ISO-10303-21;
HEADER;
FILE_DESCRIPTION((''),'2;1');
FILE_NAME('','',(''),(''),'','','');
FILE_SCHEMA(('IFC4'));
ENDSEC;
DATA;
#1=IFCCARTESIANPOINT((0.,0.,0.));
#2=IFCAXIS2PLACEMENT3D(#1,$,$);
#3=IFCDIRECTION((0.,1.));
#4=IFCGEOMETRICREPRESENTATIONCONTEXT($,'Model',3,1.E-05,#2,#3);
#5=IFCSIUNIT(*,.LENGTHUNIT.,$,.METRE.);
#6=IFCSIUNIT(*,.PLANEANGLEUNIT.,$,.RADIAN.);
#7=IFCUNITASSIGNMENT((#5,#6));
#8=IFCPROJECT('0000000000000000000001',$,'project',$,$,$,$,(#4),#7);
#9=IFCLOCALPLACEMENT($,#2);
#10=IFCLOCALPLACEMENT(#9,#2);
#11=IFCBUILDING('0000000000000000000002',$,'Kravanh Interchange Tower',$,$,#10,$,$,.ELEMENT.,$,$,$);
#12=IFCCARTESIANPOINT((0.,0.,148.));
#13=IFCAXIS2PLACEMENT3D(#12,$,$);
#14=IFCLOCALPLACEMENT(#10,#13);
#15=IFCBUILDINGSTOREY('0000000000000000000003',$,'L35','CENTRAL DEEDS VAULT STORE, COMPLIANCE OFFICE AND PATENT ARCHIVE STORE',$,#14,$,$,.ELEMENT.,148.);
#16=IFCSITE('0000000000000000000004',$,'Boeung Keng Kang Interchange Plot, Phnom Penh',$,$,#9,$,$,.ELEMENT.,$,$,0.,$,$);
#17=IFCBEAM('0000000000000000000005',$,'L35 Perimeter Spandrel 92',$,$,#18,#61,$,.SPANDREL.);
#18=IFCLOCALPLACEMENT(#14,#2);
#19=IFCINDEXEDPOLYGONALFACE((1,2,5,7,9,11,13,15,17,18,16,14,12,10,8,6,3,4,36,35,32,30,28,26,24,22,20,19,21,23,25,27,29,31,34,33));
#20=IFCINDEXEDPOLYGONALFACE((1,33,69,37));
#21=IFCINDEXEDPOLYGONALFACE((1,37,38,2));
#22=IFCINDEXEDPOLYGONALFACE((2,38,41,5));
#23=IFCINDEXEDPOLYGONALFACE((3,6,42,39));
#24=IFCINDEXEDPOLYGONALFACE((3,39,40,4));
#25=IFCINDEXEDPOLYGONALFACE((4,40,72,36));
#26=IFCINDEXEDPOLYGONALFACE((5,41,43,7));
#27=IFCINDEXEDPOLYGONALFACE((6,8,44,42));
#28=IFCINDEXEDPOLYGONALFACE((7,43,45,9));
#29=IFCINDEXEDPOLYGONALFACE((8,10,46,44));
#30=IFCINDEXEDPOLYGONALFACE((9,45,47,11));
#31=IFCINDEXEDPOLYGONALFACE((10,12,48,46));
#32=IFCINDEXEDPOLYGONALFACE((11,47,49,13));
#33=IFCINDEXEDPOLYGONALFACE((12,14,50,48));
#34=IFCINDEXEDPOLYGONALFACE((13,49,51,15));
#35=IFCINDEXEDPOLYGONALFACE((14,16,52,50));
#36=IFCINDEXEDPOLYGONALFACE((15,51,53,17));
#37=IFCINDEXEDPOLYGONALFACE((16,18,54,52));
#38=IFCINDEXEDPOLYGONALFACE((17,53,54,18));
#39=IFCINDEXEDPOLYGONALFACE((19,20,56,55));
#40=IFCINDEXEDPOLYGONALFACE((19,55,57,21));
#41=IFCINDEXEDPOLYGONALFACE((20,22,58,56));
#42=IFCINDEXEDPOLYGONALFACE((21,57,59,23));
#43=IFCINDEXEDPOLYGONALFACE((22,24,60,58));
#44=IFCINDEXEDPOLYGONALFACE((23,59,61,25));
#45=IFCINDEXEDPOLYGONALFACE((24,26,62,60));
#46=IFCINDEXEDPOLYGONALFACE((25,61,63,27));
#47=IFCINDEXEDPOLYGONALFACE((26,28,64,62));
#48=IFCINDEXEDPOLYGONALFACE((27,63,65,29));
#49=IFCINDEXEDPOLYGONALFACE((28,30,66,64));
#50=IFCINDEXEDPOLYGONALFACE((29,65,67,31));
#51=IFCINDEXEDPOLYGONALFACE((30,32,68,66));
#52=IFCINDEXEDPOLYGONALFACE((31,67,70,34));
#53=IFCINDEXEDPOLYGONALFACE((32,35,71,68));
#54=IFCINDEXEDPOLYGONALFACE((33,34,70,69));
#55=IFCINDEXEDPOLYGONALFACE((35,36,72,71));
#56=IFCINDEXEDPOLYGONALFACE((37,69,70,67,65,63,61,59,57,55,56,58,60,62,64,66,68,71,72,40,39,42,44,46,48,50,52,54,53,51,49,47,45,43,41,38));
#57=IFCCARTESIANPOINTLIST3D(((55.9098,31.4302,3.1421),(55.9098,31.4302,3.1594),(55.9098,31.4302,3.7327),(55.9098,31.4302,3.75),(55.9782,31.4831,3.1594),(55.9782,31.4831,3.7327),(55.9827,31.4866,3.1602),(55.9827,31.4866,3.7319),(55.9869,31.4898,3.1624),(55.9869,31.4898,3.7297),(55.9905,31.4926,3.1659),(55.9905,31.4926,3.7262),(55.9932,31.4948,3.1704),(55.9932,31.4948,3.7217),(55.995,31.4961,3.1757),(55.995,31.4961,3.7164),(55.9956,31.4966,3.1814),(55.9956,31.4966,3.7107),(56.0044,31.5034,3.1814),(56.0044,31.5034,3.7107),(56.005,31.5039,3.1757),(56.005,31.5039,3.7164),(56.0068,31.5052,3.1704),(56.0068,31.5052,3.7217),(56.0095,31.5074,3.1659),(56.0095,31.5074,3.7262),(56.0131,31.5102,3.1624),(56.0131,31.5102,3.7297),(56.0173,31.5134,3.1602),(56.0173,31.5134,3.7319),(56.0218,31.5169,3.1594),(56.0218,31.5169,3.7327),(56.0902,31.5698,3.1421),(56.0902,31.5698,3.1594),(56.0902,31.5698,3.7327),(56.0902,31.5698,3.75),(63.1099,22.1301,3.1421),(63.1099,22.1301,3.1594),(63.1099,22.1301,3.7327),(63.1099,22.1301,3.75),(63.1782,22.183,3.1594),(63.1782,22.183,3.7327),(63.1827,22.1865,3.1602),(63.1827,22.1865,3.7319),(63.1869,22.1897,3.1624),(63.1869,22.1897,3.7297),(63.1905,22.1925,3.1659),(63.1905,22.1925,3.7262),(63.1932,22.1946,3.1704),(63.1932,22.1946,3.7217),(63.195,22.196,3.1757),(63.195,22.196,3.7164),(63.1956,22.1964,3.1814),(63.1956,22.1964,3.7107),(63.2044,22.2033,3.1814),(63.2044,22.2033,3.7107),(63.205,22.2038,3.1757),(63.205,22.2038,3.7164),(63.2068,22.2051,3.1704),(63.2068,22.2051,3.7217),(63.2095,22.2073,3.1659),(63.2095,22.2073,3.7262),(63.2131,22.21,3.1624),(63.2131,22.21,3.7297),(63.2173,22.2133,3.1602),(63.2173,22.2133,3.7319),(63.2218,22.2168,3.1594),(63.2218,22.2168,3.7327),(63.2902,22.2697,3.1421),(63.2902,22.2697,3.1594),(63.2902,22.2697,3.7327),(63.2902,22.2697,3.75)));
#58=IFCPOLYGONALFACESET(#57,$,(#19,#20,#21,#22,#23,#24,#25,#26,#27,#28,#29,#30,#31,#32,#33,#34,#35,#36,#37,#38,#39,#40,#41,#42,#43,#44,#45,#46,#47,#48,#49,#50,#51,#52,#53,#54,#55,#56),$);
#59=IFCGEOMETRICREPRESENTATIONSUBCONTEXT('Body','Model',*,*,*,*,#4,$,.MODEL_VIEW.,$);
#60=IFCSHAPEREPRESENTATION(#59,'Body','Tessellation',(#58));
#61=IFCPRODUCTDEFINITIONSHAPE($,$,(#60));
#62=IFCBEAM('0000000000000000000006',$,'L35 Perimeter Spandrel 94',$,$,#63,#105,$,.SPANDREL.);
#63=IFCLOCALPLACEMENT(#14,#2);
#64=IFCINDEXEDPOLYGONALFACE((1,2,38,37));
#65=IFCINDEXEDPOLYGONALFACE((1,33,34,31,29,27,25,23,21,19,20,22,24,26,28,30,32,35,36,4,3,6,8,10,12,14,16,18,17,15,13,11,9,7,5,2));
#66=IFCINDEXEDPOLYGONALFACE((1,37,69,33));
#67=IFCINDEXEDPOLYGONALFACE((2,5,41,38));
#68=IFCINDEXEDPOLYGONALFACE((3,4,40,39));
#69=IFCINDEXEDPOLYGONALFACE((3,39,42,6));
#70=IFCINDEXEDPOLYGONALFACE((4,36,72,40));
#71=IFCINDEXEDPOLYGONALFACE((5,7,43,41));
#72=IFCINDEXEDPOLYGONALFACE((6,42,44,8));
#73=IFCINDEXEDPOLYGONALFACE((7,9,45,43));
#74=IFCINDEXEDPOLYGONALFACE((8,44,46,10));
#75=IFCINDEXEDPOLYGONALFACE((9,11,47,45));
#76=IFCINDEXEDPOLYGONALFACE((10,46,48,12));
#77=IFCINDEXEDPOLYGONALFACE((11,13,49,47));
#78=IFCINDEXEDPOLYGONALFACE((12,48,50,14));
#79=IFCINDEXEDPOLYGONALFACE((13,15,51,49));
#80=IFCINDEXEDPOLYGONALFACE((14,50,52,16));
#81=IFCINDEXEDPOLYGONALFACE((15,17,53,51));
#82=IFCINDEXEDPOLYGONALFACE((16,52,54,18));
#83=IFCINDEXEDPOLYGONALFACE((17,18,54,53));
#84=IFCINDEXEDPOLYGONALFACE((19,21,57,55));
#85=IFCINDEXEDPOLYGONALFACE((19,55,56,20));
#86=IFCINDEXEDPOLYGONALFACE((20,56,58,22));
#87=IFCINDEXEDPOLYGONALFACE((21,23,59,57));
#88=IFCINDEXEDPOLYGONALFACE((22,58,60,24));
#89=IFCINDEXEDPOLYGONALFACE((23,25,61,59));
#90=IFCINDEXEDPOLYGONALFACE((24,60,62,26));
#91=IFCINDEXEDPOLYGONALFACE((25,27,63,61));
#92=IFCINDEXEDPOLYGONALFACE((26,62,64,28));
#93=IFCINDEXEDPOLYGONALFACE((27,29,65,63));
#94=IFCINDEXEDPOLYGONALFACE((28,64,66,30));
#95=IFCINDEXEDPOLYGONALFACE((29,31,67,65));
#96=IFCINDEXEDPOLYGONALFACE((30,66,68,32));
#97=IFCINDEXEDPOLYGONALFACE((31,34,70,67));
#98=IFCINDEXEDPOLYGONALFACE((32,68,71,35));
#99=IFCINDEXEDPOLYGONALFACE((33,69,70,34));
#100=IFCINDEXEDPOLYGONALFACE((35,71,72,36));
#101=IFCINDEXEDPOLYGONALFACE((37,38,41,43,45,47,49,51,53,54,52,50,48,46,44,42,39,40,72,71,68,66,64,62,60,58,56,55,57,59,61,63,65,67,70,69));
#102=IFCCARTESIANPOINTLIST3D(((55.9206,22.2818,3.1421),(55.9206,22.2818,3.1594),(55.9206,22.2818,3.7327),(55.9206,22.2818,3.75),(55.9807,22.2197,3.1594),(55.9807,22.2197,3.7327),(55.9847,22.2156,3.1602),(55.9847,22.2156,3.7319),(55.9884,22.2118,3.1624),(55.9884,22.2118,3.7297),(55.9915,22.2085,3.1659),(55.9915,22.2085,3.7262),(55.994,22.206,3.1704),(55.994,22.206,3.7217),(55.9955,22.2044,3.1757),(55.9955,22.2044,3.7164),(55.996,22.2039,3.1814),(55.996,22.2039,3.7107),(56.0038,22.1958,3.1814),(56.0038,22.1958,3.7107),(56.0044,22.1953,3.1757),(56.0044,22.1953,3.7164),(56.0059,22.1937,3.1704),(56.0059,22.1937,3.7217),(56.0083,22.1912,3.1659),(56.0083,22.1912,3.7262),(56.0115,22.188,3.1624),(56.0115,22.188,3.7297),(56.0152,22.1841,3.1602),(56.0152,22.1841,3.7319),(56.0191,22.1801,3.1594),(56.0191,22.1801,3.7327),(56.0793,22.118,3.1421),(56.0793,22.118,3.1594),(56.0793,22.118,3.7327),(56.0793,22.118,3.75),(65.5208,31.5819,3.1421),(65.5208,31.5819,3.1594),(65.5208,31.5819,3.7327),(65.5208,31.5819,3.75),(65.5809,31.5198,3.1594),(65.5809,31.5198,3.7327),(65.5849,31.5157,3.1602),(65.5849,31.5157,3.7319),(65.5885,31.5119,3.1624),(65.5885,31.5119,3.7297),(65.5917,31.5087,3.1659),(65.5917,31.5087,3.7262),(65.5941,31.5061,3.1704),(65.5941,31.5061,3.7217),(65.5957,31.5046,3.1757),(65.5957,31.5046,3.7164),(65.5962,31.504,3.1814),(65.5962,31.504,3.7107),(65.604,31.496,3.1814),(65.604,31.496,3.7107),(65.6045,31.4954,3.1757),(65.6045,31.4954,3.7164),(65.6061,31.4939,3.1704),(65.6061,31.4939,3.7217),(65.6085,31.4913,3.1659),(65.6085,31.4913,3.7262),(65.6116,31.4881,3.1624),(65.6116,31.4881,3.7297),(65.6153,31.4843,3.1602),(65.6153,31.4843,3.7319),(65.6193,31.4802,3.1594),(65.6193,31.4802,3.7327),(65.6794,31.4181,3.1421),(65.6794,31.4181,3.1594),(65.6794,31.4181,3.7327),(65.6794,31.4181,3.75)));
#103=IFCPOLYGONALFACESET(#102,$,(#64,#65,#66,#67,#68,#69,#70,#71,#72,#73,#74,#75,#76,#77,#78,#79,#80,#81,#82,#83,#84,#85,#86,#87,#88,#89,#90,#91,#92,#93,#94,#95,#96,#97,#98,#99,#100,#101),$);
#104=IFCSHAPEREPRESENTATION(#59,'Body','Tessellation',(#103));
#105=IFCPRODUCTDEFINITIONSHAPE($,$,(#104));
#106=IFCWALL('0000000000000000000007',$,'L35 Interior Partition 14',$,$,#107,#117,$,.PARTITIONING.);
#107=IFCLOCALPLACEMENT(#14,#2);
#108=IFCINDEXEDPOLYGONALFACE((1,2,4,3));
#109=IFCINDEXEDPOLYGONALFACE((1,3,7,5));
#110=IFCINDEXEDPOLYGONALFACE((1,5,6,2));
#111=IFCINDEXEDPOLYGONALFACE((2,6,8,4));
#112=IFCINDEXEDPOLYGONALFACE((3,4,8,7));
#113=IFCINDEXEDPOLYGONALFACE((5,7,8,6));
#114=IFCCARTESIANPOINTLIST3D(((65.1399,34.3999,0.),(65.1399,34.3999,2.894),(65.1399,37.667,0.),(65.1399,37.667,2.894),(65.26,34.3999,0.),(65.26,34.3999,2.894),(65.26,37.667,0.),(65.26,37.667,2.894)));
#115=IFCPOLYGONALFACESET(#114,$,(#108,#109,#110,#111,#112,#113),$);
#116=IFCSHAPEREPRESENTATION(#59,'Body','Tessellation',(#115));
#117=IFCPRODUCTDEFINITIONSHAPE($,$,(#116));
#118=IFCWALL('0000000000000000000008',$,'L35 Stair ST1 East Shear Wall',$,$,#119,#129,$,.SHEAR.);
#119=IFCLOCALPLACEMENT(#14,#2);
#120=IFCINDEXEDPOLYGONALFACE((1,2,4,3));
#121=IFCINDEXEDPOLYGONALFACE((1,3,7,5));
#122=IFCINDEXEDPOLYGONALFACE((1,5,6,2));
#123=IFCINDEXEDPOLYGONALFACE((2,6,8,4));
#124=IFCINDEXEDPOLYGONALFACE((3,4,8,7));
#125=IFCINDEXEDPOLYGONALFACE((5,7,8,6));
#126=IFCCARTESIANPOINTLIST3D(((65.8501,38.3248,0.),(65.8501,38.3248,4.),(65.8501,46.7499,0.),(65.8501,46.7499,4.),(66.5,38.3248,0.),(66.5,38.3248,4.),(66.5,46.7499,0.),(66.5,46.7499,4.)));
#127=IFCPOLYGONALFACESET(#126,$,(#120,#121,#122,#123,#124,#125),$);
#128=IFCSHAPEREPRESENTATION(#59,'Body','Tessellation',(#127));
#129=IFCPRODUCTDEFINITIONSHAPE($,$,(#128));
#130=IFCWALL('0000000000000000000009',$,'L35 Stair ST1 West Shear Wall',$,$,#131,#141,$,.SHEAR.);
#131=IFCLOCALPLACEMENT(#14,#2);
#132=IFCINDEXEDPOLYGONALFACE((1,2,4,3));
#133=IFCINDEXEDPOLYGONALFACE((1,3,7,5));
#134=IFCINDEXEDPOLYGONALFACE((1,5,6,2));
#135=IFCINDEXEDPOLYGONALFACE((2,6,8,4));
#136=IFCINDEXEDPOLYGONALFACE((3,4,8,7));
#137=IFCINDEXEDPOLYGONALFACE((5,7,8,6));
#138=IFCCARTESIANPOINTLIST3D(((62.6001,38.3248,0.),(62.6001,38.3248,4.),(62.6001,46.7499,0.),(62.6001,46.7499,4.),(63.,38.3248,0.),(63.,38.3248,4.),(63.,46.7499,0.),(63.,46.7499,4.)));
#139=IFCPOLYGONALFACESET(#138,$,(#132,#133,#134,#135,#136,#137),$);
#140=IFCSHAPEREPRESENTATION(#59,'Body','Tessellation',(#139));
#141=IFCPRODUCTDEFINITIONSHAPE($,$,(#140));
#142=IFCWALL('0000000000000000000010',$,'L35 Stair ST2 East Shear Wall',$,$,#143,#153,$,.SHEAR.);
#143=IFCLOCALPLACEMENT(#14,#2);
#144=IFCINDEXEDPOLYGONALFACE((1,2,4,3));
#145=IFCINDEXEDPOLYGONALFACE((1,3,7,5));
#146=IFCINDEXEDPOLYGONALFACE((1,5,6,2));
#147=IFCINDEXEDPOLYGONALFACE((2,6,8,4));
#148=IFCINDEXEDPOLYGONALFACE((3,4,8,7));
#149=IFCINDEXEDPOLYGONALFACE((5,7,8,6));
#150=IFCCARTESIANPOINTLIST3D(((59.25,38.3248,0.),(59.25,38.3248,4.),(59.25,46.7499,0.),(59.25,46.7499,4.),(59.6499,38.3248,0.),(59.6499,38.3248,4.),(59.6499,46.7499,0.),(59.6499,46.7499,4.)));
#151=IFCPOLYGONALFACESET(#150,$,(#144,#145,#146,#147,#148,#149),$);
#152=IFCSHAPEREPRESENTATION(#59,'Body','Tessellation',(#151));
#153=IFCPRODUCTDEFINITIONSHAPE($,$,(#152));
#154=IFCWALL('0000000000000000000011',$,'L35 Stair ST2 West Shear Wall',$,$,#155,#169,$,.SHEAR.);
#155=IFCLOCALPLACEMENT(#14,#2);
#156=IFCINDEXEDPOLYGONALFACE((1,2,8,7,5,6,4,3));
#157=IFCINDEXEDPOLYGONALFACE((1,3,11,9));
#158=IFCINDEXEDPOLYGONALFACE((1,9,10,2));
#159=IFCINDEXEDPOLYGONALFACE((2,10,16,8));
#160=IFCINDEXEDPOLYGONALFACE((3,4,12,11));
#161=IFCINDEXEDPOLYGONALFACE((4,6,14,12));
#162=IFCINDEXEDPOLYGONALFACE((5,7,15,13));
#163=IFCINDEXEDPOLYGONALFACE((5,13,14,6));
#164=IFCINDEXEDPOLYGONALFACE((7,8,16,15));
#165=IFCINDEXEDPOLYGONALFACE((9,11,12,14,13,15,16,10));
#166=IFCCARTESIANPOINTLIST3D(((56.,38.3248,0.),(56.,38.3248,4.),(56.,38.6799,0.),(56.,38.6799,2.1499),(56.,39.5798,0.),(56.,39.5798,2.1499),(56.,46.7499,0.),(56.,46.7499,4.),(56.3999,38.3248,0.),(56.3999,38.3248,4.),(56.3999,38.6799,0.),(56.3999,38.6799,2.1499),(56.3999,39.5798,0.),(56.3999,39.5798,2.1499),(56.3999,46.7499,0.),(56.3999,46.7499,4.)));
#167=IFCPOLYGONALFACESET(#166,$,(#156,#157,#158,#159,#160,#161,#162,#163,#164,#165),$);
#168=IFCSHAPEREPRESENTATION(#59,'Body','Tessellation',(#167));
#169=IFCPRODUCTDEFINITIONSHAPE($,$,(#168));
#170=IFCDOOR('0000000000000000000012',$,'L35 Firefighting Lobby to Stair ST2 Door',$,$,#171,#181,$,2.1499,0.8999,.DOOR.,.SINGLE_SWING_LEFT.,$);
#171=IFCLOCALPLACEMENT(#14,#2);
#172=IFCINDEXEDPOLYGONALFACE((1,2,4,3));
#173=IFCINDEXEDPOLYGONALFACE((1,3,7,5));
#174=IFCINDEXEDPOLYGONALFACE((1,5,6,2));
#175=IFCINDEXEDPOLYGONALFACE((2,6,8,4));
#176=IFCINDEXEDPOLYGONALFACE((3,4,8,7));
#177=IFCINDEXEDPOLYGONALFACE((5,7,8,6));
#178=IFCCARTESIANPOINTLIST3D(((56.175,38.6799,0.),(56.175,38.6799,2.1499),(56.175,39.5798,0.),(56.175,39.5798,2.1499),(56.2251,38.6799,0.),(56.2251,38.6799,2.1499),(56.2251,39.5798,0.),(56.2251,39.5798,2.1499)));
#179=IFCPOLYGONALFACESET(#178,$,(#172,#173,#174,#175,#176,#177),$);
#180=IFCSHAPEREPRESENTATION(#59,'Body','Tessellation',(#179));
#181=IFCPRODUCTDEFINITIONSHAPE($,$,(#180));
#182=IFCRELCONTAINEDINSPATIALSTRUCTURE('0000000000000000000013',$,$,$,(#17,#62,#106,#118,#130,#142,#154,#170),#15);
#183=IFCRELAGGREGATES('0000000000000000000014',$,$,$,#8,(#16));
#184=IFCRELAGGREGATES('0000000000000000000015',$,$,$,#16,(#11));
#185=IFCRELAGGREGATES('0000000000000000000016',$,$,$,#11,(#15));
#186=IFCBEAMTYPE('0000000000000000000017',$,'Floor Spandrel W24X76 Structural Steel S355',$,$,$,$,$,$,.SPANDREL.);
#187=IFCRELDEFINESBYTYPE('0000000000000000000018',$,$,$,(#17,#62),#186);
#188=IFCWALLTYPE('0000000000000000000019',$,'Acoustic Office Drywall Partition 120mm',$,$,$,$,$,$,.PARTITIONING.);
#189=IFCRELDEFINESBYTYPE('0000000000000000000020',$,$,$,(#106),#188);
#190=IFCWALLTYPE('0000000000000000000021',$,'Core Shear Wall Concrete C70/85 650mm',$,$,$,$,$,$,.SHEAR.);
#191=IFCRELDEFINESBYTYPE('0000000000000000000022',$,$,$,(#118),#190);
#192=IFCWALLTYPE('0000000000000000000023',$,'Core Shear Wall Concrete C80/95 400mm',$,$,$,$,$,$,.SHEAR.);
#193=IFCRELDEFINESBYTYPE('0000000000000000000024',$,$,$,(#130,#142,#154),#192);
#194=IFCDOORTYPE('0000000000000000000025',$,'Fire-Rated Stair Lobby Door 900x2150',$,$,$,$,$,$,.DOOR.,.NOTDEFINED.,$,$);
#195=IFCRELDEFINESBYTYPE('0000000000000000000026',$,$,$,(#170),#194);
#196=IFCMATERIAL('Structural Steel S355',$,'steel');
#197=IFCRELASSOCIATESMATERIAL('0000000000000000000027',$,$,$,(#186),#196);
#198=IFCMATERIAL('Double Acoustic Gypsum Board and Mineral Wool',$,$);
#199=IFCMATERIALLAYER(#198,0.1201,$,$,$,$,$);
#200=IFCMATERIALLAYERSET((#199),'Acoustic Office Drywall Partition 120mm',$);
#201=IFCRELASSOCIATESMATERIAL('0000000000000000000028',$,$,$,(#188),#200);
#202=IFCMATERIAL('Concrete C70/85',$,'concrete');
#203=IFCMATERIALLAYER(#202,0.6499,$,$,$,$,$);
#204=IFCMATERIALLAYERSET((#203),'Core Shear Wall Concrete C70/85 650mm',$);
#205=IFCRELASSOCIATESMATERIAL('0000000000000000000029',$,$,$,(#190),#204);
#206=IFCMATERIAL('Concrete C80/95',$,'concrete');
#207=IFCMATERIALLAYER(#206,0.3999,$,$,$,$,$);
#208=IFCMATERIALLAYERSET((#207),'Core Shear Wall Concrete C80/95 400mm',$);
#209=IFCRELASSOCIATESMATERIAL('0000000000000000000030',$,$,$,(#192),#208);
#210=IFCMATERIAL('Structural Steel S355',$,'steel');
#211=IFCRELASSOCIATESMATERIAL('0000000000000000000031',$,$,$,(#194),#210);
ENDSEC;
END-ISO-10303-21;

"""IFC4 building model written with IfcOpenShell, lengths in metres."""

from ifc_helpers import new_model, si_unit, direction, frame, frame_2d, origin, origin_2d, place, context, subcontext, project, spatial, rectangle, i_section, extrude, material, layer, layer_set, material_profile, profile_set, type_object, element, fill, save


model = new_model("IFC4")

# Units and contexts
model_context = context("Model", 3, precision=1e-05, world=origin(), true_north=direction((0.0, 1.0)))
body_context = subcontext(model_context, "Body", "Model", "MODEL_VIEW")
ifc_project = project(units=[si_unit("LENGTHUNIT", "METRE"), si_unit("PLANEANGLEUNIT", "RADIAN")], contexts=[model_context])

# Site, building, storey
site_placement = place(None, origin())
site = spatial("IfcSite", under=ifc_project, at=site_placement, Name="Boeung Keng Kang Interchange Plot, Phnom Penh", CompositionType="ELEMENT", RefElevation=0.0)
building_placement = place(site_placement, origin())
building = spatial("IfcBuilding", under=site, at=building_placement, Name="Kravanh Interchange Tower", CompositionType="ELEMENT")
storey_placement = place(building_placement, frame((0.0, 0.0, 148.0)))
storey = spatial("IfcBuildingStorey", under=building, at=storey_placement, Name="L35", Description="CENTRAL DEEDS VAULT STORE, COMPLIANCE OFFICE AND PATENT ARCHIVE STORE", CompositionType="ELEMENT", Elevation=148.0)

# Beams
ifc_material_1 = material(Name="Structural Steel S355", Category="steel")
ifc_material_profile_1 = material_profile(ifc_material_1, i_section(OverallWidth=0.228, OverallDepth=0.6079, WebThickness=0.0112, FlangeThickness=0.0173, FilletRadius=0.022, at=origin_2d()), Name="W24X76")
ifc_profile_set_1 = profile_set([ifc_material_profile_1], Name="Structural Steel S355")
beam_type_1 = type_object("IfcBeamType", Name="Floor Spandrel W24X76 Structural Steel S355", PredefinedType="SPANDREL", material=ifc_profile_set_1)
beam_1_placement = place(storey_placement, frame((56.0, 31.5, 3.446), z_axis=(0.612169, -0.790727, 0.0), x_axis=(0.790727, 0.612169, 0.0)))
element("IfcBeam", 1, at=beam_1_placement, inside=storey, type_object=beam_type_1, Name="L35 Perimeter Spandrel 92", PredefinedType="SPANDREL", context=body_context, shape_type="SweptSolid", body=[
    extrude(i_section(OverallWidth=0.228, OverallDepth=0.6079, WebThickness=0.0112, FlangeThickness=0.0173, FilletRadius=0.022, at=origin_2d()), origin(), (0.0, 0.0, 1.0), 11.7615),
])
beam_2_placement = place(storey_placement, frame((65.6001, 31.5, 3.446), z_axis=(-0.718242, -0.695793, 0.0), x_axis=(0.695793, -0.718242, 0.0)))
element("IfcBeam", 2, at=beam_2_placement, inside=storey, type_object=beam_type_1, Name="L35 Perimeter Spandrel 94", PredefinedType="SPANDREL", context=body_context, shape_type="SweptSolid", body=[
    extrude(i_section(OverallWidth=0.228, OverallDepth=0.6079, WebThickness=0.0112, FlangeThickness=0.0173, FilletRadius=0.022, at=origin_2d()), origin(), (0.0, 0.0, 1.0), 13.3662),
])

# Walls
ifc_material_2 = material(Name="Double Acoustic Gypsum Board and Mineral Wool")
ifc_layer_1 = layer(ifc_material_2, 0.1201)
ifc_layer_set_1 = layer_set([ifc_layer_1], Name="Acoustic Office Drywall Partition 120mm")
wall_type_1 = type_object("IfcWallType", Name="Acoustic Office Drywall Partition 120mm", PredefinedType="PARTITIONING", material=ifc_layer_set_1)
wall_1_placement = place(storey_placement, frame((65.2, 34.3999, 0.0), z_axis=(0.0, 0.0, 1.0), x_axis=(0.0, 1.0, 0.0)))
element("IfcWall", 3, at=wall_1_placement, inside=storey, type_object=wall_type_1, Name="L35 Interior Partition 14", PredefinedType="PARTITIONING", context=body_context, shape_type="SweptSolid", body=[
    extrude(rectangle(XDim=3.2671, YDim=0.1201, at=frame_2d((1.6335, 0.0))), origin(), (0.0, 0.0, 1.0), 2.894),
])
ifc_material_3 = material(Name="Concrete C70/85", Category="concrete")
ifc_layer_2 = layer(ifc_material_3, 0.6499)
ifc_layer_set_2 = layer_set([ifc_layer_2], Name="Core Shear Wall Concrete C70/85 650mm")
wall_type_2 = type_object("IfcWallType", Name="Core Shear Wall Concrete C70/85 650mm", PredefinedType="SHEAR", material=ifc_layer_set_2)
wall_2_placement = place(storey_placement, frame((66.175, 38.325, 0.0), z_axis=(0.0, 0.0, 1.0), x_axis=(0.0, 1.0, 0.0)))
element("IfcWall", 4, at=wall_2_placement, inside=storey, type_object=wall_type_2, Name="L35 Stair ST1 East Shear Wall", PredefinedType="SHEAR", context=body_context, shape_type="SweptSolid", body=[
    extrude(rectangle(XDim=8.425, YDim=0.6499, at=frame_2d((4.2124, 0.0))), origin(), (0.0, 0.0, 1.0), 4.0),
])
ifc_material_4 = material(Name="Concrete C80/95", Category="concrete")
ifc_layer_3 = layer(ifc_material_4, 0.3999)
ifc_layer_set_3 = layer_set([ifc_layer_3], Name="Core Shear Wall Concrete C80/95 400mm")
wall_type_3 = type_object("IfcWallType", Name="Core Shear Wall Concrete C80/95 400mm", PredefinedType="SHEAR", material=ifc_layer_set_3)
for number, where, z_axis, x_axis, name in (
    (5, (62.8, 38.325, 0.0), (0.0, 0.0, 1.0), (0.0, 1.0, 0.0), "L35 Stair ST1 West Shear Wall"),
    (6, (59.45, 38.325, 0.0), (0.0, 0.0, 1.0), (0.0, 1.0, 0.0), "L35 Stair ST2 East Shear Wall"),
):
    element("IfcWall", number, at=place(storey_placement, frame(where, z_axis=z_axis, x_axis=x_axis)), inside=storey, type_object=wall_type_3, Name=name, PredefinedType="SHEAR", context=body_context, shape_type="SweptSolid", body=[
        extrude(rectangle(XDim=8.425, YDim=0.3999, at=frame_2d((4.2124, 0.0))), origin(), (0.0, 0.0, 1.0), 4.0),
    ])

# Wall, opening, door
wall_3_placement = place(storey_placement, frame((56.2, 38.325, 0.0), z_axis=(0.0, 0.0, 1.0), x_axis=(0.0, 1.0, 0.0)))
wall_3 = element("IfcWall", 7, at=wall_3_placement, inside=storey, type_object=wall_type_3, Name="L35 Stair ST2 West Shear Wall", PredefinedType="SHEAR", context=body_context, shape_type="SweptSolid", body=[
    extrude(rectangle(XDim=8.425, YDim=0.3999, at=frame_2d((4.2124, 0.0))), origin(), (0.0, 0.0, 1.0), 4.0),
])
opening_1_placement = place(wall_3_placement, frame((0.355, 0.0, 0.0)))
opening_1 = element("IfcOpeningElement", 8, at=opening_1_placement, cuts=wall_3, PredefinedType="OPENING", context=body_context, shape_type="SweptSolid", body=[
    extrude(rectangle(XDim=0.8999, YDim=2.1499, at=frame_2d((0.45, 1.075))), frame((0.0, 0.21, 0.0), z_axis=(0.0, -1.0, 0.0), x_axis=(1.0, 0.0, 0.0)), (0.0, 0.0, 1.0), 0.4199),
])
ifc_material_5 = material(Name="Structural Steel S355", Category="steel")
door_type_1 = type_object("IfcDoorType", Name="Fire-Rated Stair Lobby Door 900x2150", OperationType="NOTDEFINED", PredefinedType="DOOR", material=ifc_material_5)
door_1_placement = place(opening_1_placement, origin())
door_1 = element("IfcDoor", 9, at=door_1_placement, inside=storey, type_object=door_type_1, Name="L35 Firefighting Lobby to Stair ST2 Door", OperationType="SINGLE_SWING_LEFT", OverallHeight=2.1499, OverallWidth=0.8999, PredefinedType="DOOR", context=body_context, shape_type="SweptSolid", body=[
    extrude(rectangle(XDim=0.8999, YDim=2.1499, at=frame_2d((0.45, 1.075))), frame((0.0, 0.0249, 0.0), z_axis=(0.0, -1.0, 0.0), x_axis=(1.0, 0.0, 0.0)), (0.0, 0.0, 1.0), 0.05),
])
fill(opening_1, door_1)

save(model, "model.ifc")
